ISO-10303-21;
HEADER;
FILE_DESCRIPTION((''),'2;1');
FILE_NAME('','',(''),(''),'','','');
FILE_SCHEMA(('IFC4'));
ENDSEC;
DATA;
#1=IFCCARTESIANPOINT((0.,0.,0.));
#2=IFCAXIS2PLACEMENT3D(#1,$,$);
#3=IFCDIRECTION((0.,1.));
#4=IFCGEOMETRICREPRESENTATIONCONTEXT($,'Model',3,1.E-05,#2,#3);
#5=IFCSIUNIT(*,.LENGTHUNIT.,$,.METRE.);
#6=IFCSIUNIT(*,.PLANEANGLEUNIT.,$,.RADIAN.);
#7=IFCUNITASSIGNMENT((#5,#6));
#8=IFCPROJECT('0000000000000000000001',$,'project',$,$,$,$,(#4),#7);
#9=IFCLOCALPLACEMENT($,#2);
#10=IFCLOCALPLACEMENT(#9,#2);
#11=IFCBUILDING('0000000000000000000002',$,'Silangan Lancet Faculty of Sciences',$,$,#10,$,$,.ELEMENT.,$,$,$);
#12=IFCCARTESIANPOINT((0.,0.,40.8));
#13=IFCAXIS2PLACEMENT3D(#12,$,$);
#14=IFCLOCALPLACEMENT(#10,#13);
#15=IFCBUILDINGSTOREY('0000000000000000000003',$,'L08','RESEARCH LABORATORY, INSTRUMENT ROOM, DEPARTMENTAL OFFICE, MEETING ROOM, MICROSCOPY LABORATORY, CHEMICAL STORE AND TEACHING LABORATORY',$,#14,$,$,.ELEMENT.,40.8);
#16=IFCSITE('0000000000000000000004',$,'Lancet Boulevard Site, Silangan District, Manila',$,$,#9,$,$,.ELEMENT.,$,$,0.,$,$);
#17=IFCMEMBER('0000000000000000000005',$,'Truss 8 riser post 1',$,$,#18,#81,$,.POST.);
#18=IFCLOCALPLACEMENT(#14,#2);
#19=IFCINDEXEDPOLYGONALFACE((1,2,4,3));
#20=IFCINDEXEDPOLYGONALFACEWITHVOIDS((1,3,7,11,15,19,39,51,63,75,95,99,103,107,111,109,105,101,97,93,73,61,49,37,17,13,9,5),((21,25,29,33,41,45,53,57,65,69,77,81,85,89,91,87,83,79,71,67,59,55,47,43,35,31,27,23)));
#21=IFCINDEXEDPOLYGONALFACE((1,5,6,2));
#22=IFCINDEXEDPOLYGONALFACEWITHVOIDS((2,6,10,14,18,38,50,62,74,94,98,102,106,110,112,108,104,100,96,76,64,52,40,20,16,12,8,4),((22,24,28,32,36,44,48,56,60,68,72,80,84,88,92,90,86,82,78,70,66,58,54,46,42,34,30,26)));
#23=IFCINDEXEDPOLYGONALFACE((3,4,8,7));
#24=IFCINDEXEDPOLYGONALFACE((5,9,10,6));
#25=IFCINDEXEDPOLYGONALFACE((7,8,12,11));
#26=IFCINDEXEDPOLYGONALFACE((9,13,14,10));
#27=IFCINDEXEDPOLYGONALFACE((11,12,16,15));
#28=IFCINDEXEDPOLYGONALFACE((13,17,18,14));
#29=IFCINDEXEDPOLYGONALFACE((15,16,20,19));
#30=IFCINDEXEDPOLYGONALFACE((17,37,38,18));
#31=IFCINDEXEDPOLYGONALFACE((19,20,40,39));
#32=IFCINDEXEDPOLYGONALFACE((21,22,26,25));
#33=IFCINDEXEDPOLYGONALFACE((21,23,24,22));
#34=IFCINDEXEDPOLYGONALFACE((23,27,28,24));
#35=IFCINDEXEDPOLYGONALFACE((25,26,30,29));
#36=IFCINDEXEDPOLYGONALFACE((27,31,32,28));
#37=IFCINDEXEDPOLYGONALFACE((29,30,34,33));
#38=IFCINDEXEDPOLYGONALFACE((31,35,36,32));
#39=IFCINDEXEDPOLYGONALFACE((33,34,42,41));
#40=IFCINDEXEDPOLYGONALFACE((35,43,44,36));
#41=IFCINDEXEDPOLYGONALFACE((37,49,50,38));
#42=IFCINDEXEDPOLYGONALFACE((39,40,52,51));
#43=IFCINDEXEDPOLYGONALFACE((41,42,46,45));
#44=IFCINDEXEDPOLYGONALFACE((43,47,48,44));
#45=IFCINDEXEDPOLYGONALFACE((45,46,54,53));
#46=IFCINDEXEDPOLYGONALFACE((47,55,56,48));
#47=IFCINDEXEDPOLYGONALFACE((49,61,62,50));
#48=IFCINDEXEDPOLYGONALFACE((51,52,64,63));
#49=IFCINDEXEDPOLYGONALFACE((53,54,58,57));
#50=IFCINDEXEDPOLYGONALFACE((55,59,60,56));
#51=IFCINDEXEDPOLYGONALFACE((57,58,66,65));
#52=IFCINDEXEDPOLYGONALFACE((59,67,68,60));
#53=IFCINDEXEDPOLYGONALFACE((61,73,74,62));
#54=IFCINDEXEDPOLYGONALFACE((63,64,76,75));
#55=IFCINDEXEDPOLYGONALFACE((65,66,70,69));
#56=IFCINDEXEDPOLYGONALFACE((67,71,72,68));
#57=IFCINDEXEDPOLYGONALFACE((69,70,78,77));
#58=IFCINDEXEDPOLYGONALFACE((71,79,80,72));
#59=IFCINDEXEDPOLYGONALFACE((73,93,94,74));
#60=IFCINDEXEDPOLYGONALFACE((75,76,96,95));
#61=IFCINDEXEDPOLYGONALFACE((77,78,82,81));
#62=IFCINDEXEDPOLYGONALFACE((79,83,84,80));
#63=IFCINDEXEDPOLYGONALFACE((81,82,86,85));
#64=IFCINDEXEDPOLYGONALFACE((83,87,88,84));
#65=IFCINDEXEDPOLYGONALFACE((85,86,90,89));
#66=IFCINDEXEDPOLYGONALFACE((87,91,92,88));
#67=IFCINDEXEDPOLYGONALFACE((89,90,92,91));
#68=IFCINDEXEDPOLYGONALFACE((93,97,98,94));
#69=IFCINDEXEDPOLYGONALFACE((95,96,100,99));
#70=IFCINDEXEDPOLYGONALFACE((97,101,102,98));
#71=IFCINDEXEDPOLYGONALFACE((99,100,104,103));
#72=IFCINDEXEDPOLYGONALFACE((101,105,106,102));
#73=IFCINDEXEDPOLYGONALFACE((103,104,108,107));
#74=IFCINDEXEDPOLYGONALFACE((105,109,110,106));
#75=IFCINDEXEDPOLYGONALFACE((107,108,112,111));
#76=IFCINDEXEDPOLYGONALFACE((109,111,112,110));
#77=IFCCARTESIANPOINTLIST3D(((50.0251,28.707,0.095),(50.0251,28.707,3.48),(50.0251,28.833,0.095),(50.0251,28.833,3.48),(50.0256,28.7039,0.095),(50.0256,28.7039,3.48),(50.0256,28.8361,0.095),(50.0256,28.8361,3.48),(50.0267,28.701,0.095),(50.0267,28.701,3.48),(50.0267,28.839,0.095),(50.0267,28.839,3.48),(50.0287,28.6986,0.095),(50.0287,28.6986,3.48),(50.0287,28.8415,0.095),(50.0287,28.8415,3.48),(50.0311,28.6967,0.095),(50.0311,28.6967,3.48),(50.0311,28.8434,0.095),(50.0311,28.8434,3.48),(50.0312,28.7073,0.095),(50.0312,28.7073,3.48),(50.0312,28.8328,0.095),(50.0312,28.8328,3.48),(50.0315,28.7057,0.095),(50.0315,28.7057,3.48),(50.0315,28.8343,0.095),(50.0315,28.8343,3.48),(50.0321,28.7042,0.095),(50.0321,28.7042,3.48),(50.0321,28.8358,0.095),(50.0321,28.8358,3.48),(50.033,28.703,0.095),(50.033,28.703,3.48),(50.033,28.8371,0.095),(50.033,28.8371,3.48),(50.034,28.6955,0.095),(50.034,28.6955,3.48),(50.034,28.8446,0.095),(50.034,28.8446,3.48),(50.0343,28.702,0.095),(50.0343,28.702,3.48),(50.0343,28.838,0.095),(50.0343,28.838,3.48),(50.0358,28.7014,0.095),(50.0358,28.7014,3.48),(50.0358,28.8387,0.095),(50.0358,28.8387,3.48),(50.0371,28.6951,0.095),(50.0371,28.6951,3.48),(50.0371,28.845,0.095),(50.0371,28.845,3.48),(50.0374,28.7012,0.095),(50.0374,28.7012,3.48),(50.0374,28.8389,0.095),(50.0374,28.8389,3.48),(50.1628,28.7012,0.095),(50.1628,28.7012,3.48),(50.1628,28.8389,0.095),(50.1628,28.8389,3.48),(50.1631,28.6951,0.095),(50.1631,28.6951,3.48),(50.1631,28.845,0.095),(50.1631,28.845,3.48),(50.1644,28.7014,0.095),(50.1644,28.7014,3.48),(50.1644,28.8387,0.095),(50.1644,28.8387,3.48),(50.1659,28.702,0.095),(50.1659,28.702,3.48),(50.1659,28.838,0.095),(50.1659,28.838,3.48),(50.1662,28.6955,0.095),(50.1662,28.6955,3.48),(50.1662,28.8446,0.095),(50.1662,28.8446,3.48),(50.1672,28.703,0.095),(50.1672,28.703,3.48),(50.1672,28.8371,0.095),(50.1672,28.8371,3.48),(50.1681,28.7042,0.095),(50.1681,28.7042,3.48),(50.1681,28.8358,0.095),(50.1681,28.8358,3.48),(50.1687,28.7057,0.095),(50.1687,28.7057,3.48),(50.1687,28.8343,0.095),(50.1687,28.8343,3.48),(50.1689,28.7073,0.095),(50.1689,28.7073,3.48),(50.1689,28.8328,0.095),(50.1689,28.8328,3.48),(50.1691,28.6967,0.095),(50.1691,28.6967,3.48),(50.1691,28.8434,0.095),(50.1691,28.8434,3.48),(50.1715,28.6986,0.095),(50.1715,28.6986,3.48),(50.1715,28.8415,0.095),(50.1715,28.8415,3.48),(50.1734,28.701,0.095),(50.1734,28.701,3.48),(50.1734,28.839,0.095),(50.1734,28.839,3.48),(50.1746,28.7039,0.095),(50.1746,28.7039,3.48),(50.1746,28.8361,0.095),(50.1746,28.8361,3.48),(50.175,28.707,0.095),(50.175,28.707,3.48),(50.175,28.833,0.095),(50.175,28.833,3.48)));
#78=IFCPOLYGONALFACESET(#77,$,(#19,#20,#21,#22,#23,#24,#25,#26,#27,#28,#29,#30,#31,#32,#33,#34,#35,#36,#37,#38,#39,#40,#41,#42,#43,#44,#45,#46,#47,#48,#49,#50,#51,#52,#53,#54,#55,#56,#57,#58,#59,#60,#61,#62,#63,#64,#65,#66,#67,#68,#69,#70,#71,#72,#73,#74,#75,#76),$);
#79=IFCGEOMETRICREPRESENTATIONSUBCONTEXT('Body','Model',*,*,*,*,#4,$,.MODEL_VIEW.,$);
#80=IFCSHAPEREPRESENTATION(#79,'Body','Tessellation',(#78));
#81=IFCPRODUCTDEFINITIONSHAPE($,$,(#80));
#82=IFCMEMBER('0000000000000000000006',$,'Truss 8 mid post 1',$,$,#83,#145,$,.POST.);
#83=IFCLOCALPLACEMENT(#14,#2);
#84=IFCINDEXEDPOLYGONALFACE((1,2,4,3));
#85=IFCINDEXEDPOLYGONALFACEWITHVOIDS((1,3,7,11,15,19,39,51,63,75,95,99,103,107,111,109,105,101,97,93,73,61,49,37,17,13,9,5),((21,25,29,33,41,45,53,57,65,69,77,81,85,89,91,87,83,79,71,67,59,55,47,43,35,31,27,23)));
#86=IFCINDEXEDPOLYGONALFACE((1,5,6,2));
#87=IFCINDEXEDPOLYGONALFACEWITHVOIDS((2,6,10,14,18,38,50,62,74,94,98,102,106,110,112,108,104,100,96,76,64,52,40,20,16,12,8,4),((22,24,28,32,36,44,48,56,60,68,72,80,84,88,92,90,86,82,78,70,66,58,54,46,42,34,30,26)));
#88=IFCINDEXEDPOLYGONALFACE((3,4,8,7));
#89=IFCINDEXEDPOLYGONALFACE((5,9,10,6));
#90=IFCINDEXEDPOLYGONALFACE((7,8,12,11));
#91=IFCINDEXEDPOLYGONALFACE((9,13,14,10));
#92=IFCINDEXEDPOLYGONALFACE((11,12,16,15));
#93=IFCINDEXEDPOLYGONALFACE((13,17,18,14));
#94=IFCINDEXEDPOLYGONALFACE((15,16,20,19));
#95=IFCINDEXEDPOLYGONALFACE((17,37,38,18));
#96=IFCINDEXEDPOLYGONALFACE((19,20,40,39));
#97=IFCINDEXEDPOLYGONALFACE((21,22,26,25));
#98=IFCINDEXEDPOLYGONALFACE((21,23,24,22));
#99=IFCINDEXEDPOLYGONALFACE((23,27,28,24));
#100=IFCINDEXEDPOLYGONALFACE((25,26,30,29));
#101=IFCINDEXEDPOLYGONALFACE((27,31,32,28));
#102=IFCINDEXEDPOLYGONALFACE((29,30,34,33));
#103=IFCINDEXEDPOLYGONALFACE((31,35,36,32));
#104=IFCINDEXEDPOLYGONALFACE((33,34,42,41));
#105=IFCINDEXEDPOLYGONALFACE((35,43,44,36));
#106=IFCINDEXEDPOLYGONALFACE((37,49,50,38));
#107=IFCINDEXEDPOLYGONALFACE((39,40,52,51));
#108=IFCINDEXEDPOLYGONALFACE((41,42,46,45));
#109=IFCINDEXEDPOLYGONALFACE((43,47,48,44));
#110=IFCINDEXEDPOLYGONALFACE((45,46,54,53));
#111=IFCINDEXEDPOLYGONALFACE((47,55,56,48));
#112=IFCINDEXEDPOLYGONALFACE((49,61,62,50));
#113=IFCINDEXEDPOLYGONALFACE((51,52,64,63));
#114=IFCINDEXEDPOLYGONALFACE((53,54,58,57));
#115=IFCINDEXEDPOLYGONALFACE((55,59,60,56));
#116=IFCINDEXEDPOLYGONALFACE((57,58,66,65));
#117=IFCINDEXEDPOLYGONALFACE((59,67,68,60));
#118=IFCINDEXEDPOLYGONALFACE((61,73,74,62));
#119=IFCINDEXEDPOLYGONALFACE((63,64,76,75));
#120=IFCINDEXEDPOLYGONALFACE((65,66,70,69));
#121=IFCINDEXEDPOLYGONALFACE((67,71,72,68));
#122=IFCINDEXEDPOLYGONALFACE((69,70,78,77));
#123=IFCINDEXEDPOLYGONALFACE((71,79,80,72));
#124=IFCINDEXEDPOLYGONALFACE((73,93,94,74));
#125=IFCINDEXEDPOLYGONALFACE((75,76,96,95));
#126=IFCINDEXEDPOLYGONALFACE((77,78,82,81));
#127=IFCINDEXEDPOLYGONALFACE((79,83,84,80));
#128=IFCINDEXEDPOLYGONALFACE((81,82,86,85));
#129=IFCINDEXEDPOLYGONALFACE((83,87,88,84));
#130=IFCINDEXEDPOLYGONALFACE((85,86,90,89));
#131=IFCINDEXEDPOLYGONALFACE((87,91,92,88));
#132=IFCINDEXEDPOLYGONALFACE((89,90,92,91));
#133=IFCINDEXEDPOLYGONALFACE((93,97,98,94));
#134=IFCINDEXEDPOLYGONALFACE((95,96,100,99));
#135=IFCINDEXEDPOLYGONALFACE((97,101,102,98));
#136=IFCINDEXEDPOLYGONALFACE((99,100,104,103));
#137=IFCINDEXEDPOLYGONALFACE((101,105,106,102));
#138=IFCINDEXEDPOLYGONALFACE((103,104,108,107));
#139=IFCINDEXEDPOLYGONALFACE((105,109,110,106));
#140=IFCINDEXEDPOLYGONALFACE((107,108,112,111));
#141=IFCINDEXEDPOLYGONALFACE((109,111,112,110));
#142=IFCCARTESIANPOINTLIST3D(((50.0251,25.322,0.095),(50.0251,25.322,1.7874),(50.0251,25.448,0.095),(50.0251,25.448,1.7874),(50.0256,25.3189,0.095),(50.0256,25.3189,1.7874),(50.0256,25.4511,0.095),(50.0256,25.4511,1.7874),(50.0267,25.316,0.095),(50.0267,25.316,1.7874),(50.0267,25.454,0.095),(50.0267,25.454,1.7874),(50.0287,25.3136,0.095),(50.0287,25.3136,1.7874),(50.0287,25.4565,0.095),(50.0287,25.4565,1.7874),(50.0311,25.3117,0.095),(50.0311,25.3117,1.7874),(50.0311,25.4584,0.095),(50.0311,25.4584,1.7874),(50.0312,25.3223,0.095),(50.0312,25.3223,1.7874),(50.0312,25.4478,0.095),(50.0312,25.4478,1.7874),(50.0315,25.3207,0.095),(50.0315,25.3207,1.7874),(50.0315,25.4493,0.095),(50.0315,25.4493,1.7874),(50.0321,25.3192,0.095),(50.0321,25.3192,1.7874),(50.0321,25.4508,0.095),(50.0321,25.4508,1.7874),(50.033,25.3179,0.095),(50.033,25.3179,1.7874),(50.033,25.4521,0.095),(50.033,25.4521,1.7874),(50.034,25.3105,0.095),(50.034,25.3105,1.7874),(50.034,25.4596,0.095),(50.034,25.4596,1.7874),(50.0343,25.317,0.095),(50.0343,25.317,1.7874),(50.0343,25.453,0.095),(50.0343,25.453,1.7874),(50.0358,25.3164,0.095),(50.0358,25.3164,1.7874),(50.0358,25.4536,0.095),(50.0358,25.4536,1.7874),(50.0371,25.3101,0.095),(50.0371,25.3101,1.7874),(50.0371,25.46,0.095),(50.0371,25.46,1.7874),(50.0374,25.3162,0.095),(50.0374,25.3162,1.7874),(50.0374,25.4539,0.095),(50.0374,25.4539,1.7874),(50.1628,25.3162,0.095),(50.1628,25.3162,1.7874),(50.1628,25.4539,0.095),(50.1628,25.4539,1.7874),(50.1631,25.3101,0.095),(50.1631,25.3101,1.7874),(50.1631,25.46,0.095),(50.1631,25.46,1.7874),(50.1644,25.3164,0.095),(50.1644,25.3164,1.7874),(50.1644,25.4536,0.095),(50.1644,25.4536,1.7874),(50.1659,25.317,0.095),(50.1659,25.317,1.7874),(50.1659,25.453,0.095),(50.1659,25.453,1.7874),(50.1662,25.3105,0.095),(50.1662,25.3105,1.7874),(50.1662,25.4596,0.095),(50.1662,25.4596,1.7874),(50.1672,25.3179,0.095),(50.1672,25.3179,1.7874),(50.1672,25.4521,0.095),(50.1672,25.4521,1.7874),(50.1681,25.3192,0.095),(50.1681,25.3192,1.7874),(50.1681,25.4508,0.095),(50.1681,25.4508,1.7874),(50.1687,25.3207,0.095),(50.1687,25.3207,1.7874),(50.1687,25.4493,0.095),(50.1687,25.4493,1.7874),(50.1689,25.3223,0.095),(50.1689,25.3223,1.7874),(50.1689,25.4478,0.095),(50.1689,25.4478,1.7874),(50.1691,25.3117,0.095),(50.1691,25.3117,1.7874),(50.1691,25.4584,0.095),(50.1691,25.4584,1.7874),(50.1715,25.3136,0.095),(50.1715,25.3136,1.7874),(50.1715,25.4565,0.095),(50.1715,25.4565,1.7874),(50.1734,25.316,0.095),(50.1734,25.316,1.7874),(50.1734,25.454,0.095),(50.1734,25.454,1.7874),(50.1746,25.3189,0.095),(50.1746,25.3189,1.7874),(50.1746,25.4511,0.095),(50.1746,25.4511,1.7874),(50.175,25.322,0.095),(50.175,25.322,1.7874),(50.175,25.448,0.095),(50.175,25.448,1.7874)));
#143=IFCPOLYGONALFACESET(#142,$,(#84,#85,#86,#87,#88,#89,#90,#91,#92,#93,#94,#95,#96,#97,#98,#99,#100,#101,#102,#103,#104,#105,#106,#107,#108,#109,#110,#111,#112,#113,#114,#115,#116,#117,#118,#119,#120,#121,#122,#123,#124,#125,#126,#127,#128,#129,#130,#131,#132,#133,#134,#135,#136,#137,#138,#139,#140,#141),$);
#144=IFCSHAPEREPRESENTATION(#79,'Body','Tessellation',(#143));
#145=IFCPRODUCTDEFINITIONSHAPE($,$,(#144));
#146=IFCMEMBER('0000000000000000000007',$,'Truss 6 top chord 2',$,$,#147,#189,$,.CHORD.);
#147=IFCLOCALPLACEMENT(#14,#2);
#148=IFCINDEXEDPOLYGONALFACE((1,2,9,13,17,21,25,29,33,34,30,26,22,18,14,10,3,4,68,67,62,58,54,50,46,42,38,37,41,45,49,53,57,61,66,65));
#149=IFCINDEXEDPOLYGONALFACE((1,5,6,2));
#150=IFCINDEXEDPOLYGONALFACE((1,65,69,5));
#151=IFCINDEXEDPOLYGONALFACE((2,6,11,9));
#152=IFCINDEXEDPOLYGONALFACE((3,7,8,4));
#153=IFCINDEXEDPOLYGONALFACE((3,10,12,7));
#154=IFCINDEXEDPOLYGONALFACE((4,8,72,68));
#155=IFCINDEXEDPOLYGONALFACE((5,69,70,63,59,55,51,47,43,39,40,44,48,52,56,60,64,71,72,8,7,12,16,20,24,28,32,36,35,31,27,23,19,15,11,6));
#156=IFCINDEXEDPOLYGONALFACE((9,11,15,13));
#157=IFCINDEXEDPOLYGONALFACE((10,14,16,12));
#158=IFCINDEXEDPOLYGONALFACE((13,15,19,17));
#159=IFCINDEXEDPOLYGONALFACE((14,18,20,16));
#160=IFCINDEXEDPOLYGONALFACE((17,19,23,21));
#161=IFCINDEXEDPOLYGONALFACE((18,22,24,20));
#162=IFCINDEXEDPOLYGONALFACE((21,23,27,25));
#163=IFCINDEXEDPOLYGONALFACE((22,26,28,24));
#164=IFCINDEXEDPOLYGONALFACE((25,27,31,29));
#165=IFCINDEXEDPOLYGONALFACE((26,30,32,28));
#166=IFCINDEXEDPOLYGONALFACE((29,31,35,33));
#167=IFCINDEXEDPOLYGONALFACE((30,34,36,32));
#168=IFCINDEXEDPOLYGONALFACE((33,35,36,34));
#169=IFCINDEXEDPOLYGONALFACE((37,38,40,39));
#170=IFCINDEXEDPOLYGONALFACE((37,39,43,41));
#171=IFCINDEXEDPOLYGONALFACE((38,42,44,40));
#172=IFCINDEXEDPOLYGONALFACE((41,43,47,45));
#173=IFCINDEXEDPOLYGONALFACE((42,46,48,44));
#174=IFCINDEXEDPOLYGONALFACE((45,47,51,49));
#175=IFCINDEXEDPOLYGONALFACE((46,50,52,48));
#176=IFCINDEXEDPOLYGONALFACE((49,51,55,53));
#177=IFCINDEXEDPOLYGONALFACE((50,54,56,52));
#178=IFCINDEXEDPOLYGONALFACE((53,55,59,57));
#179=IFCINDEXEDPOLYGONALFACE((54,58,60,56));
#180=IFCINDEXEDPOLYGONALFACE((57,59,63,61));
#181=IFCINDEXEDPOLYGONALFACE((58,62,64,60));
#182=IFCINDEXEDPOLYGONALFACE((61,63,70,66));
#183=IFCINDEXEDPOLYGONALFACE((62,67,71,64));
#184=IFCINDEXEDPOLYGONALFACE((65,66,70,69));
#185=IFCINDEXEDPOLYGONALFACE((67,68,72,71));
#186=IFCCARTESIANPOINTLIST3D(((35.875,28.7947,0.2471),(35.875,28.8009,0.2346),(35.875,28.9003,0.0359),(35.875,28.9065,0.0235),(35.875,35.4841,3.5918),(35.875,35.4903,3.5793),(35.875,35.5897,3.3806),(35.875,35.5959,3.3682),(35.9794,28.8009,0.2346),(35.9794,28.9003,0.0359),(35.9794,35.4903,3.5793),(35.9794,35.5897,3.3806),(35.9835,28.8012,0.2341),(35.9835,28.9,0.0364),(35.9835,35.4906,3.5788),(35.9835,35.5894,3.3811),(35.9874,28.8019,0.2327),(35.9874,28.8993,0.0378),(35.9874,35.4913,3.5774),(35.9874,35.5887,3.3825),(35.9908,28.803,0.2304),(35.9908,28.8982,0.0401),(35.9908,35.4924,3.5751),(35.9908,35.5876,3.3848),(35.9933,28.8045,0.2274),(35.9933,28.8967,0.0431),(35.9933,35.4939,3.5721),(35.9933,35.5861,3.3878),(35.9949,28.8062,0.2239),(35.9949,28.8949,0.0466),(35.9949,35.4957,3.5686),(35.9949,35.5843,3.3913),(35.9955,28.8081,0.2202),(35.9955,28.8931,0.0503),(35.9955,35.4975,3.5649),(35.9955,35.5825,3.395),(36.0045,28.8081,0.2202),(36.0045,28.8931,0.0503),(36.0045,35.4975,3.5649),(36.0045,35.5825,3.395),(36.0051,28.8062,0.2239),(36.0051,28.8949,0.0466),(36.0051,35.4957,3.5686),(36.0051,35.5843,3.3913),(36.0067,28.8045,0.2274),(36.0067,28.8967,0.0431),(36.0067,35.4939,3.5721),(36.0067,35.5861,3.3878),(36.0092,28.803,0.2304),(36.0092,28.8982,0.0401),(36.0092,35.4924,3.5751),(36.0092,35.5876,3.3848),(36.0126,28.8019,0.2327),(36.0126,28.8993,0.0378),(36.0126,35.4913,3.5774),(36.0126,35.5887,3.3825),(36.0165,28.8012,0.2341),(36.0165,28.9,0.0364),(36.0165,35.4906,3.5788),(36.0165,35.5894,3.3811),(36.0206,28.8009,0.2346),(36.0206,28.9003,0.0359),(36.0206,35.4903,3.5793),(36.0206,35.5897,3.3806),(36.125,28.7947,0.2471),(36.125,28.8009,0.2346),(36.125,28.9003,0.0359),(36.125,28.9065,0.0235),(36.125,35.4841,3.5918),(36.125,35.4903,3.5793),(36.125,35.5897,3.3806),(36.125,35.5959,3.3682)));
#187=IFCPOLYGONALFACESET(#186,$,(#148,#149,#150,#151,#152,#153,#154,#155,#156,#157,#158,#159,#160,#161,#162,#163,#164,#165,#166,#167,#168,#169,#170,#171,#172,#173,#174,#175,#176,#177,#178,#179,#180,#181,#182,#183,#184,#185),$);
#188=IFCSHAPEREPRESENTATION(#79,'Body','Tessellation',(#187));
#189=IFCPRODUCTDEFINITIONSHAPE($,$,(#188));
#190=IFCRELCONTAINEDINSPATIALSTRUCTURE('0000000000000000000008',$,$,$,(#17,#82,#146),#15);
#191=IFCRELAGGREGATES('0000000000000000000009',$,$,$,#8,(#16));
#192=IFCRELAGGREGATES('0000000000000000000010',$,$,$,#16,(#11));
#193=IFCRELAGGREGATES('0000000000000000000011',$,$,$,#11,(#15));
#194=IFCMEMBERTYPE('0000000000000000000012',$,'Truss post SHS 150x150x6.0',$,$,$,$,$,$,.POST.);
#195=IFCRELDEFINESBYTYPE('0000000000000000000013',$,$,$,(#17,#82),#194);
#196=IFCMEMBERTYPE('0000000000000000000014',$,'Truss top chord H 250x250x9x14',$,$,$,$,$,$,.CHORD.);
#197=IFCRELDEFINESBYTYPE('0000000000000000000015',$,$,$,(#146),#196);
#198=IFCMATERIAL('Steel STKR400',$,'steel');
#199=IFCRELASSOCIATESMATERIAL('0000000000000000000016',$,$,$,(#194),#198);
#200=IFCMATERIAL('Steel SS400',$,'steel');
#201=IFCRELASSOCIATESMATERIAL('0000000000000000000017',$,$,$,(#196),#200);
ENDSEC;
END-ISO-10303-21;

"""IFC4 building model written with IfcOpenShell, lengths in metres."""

from ifc_helpers import new_model, si_unit, direction, frame, origin, origin_2d, place, context, subcontext, project, spatial, hollow_rectangle, i_section, extrude, material, material_profile, profile_set, type_object, element, save


model = new_model("IFC4")

# Units and contexts
model_context = context("Model", 3, precision=1e-05, world=origin(), true_north=direction((0.0, 1.0)))
body_context = subcontext(model_context, "Body", "Model", "MODEL_VIEW")
ifc_project = project(units=[si_unit("LENGTHUNIT", "METRE"), si_unit("PLANEANGLEUNIT", "RADIAN")], contexts=[model_context])

# Site, building, storey
site_placement = place(None, origin())
site = spatial("IfcSite", under=ifc_project, at=site_placement, Name="Lancet Boulevard Site, Silangan District, Manila", CompositionType="ELEMENT", RefElevation=0.0)
building_placement = place(site_placement, origin())
building = spatial("IfcBuilding", under=site, at=building_placement, Name="Silangan Lancet Faculty of Sciences", CompositionType="ELEMENT")
storey_placement = place(building_placement, frame((0.0, 0.0, 40.8)))
storey = spatial("IfcBuildingStorey", under=building, at=storey_placement, Name="L08", Description="RESEARCH LABORATORY, INSTRUMENT ROOM, DEPARTMENTAL OFFICE, MEETING ROOM, MICROSCOPY LABORATORY, CHEMICAL STORE AND TEACHING LABORATORY", CompositionType="ELEMENT", Elevation=40.8)

# Members
ifc_material_1 = material(Name="Steel STKR400", Category="steel")
ifc_material_profile_1 = material_profile(ifc_material_1, hollow_rectangle(XDim=0.1499, YDim=0.1499, WallThickness=0.0061, InnerFilletRadius=0.0061, OuterFilletRadius=0.012, at=origin_2d()), Name="SHS 150x150x6.0")
ifc_profile_set_1 = profile_set([ifc_material_profile_1], Name="Steel STKR400")
member_type_1 = type_object("IfcMemberType", Name="Truss post SHS 150x150x6.0", PredefinedType="POST", material=ifc_profile_set_1)
member_1_placement = place(storey_placement, frame((50.1001, 28.77, 0.095), z_axis=(0.0, 0.0, 1.0), x_axis=(1.0, 0.0, 0.0)))
element("IfcMember", 1, at=member_1_placement, inside=storey, type_object=member_type_1, Name="Truss 8 riser post 1", PredefinedType="POST", context=body_context, shape_type="SweptSolid", body=[
    extrude(hollow_rectangle(XDim=0.1499, YDim=0.1499, WallThickness=0.0061, InnerFilletRadius=0.0061, OuterFilletRadius=0.012, at=origin_2d()), origin(), (0.0, 0.0, 1.0), 3.385),
])
member_2_placement = place(storey_placement, frame((50.1001, 25.385, 0.095), z_axis=(0.0, 0.0, 1.0), x_axis=(1.0, 0.0, 0.0)))
element("IfcMember", 2, at=member_2_placement, inside=storey, type_object=member_type_1, Name="Truss 8 mid post 1", PredefinedType="POST", context=body_context, shape_type="SweptSolid", body=[
    extrude(hollow_rectangle(XDim=0.1499, YDim=0.1499, WallThickness=0.0061, InnerFilletRadius=0.0061, OuterFilletRadius=0.012, at=origin_2d()), origin(), (0.0, 0.0, 1.0), 1.6924),
])
ifc_material_2 = material(Name="Steel SS400", Category="steel")
ifc_material_profile_2 = material_profile(ifc_material_2, i_section(OverallWidth=0.25, OverallDepth=0.25, WebThickness=0.009, FlangeThickness=0.0139, FilletRadius=0.0161, at=origin_2d()), Name="H 250x250x9x14")
ifc_profile_set_2 = profile_set([ifc_material_profile_2], Name="Steel SS400")
member_type_2 = type_object("IfcMemberType", Name="Truss top chord H 250x250x9x14", PredefinedType="CHORD", material=ifc_profile_set_2)
for number, where, z_axis, x_axis, name in (
    (3, (36.0, 28.8506, 0.1353), (0.0, 0.894427, 0.447214), (-1.0, 0.0, 0.0), "Truss 6 top chord 2"),
):
    element("IfcMember", number, at=place(storey_placement, frame(where, z_axis=z_axis, x_axis=x_axis)), inside=storey, type_object=member_type_2, Name=name, PredefinedType="CHORD", context=body_context, shape_type="SweptSolid", body=[
        extrude(i_section(OverallWidth=0.25, OverallDepth=0.25, WebThickness=0.009, FlangeThickness=0.0139, FilletRadius=0.0161, at=origin_2d()), origin(), (0.0, 0.0, 1.0), 7.479),
    ])

save(model, "model.ifc")
